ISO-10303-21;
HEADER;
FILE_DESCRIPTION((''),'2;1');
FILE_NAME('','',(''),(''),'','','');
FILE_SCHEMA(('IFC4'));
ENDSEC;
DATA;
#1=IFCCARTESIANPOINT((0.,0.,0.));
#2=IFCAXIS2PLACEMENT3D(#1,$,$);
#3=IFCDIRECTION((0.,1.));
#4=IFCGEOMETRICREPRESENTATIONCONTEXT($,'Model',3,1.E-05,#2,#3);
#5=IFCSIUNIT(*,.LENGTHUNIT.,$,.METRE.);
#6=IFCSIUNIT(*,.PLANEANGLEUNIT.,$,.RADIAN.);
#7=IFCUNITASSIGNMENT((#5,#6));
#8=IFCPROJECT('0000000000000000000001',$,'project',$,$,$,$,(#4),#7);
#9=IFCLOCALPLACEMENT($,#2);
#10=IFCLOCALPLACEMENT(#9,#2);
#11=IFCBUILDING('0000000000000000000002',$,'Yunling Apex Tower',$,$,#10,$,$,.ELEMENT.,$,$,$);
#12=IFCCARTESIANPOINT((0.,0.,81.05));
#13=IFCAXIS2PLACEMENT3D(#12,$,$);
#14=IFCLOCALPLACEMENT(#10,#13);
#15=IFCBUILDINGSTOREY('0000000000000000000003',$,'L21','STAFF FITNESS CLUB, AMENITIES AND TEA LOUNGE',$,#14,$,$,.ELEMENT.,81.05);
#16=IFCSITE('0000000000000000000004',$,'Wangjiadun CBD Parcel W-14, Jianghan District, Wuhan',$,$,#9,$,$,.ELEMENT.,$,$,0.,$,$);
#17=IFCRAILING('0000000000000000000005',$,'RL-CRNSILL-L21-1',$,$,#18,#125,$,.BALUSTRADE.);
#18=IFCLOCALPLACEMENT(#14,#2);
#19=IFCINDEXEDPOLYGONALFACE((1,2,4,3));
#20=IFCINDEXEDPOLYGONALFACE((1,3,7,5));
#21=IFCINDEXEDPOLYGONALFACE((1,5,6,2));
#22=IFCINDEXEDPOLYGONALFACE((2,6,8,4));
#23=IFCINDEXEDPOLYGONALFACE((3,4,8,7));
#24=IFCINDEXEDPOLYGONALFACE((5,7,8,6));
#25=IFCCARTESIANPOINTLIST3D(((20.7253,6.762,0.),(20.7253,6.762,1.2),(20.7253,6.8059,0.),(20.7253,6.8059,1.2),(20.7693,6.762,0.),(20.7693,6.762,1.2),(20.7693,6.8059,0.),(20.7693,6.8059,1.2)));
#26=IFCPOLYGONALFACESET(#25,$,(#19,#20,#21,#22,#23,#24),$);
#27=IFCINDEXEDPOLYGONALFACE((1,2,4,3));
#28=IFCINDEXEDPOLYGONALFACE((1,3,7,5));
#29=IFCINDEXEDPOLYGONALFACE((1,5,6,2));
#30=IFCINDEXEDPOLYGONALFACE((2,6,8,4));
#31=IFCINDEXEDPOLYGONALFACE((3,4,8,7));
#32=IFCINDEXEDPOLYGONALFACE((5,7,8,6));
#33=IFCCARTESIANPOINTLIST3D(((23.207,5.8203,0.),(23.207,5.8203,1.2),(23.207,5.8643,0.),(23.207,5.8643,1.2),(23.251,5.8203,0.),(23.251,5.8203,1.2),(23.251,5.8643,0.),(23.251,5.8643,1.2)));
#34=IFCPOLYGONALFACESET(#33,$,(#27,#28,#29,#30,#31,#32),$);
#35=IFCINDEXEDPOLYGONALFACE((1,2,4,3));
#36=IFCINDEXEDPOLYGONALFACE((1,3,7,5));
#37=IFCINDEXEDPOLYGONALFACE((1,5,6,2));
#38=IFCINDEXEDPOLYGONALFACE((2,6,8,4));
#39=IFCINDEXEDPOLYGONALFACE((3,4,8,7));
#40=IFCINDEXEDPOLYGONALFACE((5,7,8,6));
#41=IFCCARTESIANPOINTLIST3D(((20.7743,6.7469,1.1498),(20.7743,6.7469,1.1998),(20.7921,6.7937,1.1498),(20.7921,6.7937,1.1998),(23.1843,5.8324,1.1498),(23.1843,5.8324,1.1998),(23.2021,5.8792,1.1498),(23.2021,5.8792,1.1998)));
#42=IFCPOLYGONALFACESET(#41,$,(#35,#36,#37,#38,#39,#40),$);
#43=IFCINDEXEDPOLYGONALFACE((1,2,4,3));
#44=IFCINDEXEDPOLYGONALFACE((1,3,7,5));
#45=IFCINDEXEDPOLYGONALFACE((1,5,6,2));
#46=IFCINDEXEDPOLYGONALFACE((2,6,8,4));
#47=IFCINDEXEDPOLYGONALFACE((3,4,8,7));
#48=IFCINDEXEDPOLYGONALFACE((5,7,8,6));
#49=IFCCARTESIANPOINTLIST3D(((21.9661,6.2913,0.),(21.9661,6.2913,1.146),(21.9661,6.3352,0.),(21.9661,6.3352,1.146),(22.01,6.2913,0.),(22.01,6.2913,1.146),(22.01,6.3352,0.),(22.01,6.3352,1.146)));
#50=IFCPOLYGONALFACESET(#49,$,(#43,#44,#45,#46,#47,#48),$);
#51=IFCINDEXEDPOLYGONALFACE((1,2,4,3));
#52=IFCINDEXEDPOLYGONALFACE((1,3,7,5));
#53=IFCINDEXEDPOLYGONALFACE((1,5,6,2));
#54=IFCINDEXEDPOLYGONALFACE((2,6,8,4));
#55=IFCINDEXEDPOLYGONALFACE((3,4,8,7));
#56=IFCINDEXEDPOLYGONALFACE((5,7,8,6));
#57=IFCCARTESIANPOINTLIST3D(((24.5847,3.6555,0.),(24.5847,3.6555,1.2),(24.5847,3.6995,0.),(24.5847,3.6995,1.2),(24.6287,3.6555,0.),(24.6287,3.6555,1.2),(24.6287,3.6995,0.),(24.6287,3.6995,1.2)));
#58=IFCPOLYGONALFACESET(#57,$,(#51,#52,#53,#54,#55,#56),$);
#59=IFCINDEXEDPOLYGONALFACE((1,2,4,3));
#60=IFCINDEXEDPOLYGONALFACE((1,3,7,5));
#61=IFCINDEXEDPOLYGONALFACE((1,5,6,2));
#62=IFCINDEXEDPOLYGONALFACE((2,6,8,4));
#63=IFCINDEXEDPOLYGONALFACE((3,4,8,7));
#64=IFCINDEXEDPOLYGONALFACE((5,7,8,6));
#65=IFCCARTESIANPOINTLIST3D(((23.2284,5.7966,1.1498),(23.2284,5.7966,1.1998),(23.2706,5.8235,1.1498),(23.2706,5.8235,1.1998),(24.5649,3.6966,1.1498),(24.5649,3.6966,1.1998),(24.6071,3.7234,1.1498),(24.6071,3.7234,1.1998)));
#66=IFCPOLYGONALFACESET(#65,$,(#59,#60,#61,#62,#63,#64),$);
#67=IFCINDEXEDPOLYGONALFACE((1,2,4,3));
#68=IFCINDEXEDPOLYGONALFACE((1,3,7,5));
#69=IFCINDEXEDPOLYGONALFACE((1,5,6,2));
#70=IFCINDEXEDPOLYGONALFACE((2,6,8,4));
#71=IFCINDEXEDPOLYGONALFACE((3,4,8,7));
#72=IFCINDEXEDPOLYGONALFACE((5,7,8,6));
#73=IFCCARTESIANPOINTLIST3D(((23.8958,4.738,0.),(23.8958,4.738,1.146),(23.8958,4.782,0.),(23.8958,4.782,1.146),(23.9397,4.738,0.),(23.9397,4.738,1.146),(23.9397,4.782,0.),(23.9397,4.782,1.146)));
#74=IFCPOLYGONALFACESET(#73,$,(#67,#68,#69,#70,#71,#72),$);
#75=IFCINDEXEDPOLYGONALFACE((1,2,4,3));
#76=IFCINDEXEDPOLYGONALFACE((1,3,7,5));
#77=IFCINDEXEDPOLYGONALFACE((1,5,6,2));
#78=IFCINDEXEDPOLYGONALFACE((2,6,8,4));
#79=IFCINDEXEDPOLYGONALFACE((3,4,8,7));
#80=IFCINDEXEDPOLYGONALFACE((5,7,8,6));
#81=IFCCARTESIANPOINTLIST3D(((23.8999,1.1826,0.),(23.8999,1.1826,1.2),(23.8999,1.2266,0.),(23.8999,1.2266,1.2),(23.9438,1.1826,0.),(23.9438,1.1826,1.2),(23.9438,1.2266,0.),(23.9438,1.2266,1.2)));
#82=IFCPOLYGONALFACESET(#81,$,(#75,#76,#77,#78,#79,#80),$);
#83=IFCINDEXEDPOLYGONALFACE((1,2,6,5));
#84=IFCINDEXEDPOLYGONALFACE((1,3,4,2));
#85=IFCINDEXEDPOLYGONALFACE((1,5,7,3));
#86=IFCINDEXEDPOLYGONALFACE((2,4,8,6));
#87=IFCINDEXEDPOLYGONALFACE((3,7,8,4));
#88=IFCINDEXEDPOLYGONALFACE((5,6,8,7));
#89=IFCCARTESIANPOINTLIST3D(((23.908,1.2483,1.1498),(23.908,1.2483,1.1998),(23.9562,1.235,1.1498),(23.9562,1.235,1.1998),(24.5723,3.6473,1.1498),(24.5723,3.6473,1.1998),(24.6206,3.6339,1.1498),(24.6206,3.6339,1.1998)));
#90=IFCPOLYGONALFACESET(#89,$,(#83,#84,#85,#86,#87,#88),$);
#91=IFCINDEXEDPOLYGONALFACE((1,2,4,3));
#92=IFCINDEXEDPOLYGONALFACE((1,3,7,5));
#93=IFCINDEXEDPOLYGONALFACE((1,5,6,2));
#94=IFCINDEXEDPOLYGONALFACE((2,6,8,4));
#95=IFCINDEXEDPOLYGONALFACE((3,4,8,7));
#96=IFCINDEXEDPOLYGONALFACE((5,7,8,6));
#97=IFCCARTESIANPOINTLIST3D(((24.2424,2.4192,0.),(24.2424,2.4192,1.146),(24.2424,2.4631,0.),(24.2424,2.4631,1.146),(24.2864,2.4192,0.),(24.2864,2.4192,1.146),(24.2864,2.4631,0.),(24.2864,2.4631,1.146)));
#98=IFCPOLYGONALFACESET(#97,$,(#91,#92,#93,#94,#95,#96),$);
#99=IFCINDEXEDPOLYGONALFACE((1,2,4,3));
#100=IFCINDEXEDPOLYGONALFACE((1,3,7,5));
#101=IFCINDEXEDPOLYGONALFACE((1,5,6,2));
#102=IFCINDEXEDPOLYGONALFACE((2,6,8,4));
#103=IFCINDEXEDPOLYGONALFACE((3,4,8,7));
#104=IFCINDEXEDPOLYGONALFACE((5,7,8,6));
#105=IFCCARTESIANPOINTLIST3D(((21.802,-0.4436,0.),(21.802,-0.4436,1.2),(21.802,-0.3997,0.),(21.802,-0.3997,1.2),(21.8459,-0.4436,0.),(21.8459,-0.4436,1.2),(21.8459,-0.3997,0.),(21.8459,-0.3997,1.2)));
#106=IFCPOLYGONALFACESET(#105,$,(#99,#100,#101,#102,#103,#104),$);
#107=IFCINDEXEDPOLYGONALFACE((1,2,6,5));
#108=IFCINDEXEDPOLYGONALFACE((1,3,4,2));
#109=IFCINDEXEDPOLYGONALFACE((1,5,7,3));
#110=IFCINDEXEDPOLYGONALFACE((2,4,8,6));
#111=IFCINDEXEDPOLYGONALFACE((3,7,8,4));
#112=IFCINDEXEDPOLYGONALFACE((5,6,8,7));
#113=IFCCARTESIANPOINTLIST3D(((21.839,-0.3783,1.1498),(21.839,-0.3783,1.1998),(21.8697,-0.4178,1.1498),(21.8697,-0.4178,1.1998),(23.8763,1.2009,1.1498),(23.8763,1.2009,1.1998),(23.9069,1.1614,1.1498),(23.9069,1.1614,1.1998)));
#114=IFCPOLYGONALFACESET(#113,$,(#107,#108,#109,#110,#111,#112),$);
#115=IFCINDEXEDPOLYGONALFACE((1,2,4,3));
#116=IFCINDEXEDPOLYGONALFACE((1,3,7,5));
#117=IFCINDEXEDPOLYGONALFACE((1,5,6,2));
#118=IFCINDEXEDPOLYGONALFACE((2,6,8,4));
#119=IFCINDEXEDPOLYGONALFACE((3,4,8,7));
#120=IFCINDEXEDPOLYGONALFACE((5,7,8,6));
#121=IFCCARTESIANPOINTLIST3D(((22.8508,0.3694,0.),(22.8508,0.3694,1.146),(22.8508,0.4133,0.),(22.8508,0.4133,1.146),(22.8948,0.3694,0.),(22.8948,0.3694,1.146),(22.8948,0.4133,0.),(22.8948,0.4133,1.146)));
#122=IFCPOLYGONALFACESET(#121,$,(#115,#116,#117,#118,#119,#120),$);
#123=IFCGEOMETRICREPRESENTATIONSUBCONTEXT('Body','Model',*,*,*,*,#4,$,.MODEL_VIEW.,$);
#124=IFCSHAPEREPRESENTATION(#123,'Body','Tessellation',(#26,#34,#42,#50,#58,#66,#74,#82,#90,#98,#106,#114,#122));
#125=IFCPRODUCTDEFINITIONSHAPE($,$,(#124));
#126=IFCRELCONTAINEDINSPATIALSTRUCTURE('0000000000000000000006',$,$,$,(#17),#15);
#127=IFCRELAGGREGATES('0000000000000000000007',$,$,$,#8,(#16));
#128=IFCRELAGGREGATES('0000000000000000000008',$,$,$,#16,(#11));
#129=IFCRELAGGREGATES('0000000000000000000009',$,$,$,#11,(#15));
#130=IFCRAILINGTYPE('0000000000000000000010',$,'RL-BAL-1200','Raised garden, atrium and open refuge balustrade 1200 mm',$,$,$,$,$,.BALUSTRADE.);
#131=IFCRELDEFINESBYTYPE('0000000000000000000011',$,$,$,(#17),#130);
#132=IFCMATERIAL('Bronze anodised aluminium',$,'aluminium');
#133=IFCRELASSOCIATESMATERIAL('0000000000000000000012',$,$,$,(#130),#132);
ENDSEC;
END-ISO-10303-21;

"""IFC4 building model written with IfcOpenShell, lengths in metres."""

from ifc_helpers import new_model, si_unit, direction, frame, origin, origin_2d, place, context, subcontext, project, spatial, rectangle, extrude, material, type_object, element, save


model = new_model("IFC4")

# Units and contexts
model_context = context("Model", 3, precision=1e-05, world=origin(), true_north=direction((0.0, 1.0)))
body_context = subcontext(model_context, "Body", "Model", "MODEL_VIEW")
ifc_project = project(units=[si_unit("LENGTHUNIT", "METRE"), si_unit("PLANEANGLEUNIT", "RADIAN")], contexts=[model_context])

# Site, building, storey
site_placement = place(None, origin())
site = spatial("IfcSite", under=ifc_project, at=site_placement, Name="Wangjiadun CBD Parcel W-14, Jianghan District, Wuhan", CompositionType="ELEMENT", RefElevation=0.0)
building_placement = place(site_placement, origin())
building = spatial("IfcBuilding", under=site, at=building_placement, Name="Yunling Apex Tower", CompositionType="ELEMENT")
storey_placement = place(building_placement, frame((0.0, 0.0, 81.05)))
storey = spatial("IfcBuildingStorey", under=building, at=storey_placement, Name="L21", Description="STAFF FITNESS CLUB, AMENITIES AND TEA LOUNGE", CompositionType="ELEMENT", Elevation=81.05)

# Shared definitions
ifc_material_1 = material(Name="Bronze anodised aluminium", Category="aluminium")

# Railing
railing_type = type_object("IfcRailingType", Name="RL-BAL-1200", Description="Raised garden, atrium and open refuge balustrade 1200 mm", PredefinedType="BALUSTRADE", material=ifc_material_1)
railing_1_placement = place(storey_placement, frame((20.7473, 6.7839, 0.0)))
element("IfcRailing", 1, at=railing_1_placement, inside=storey, type_object=railing_type, Name="RL-CRNSILL-L21-1", PredefinedType="BALUSTRADE", context=body_context, shape_type="SweptSolid", body=[
    extrude(rectangle(XDim=0.0439, YDim=0.0439, at=origin_2d()), origin(), (0.0, 0.0, 1.0), 1.2),
    extrude(rectangle(XDim=0.0439, YDim=0.0439, at=origin_2d()), frame((2.4817, -0.9417, 0.0)), (0.0, 0.0, 1.0), 1.2),
    extrude(rectangle(XDim=0.05, YDim=0.05, at=origin_2d()), frame((0.0359, -0.0137, 1.1748), z_axis=(0.934958, -0.35476, 0.0), x_axis=(0.35476, 0.934958, 0.0)), (0.0, 0.0, 1.0), 2.5776),
    extrude(rectangle(XDim=0.0439, YDim=0.0439, at=origin_2d()), frame((1.2407, -0.4707, 0.0)), (0.0, 0.0, 1.0), 1.146),
    extrude(rectangle(XDim=0.0439, YDim=0.0439, at=origin_2d()), frame((3.8594, -3.1064, 0.0)), (0.0, 0.0, 1.0), 1.2),
    extrude(rectangle(XDim=0.05, YDim=0.05, at=origin_2d()), frame((2.5022, -0.9739, 1.1748), z_axis=(0.5369, -0.843646, 0.0), x_axis=(0.843646, 0.5369, 0.0)), (0.0, 0.0, 1.0), 2.4893),
    extrude(rectangle(XDim=0.0439, YDim=0.0439, at=origin_2d()), frame((3.1704, -2.0239, 0.0)), (0.0, 0.0, 1.0), 1.146),
    extrude(rectangle(XDim=0.0439, YDim=0.0439, at=origin_2d()), frame((3.1746, -5.5793, 0.0)), (0.0, 0.0, 1.0), 1.2),
    extrude(rectangle(XDim=0.05, YDim=0.05, at=origin_2d()), frame((3.8491, -3.1433, 1.1748), z_axis=(-0.266883, -0.963729, 0.0), x_axis=(0.963729, -0.266883, 0.0)), (0.0, 0.0, 1.0), 2.4893),
    extrude(rectangle(XDim=0.0439, YDim=0.0439, at=origin_2d()), frame((3.5171, -4.3428, 0.0)), (0.0, 0.0, 1.0), 1.146),
    extrude(rectangle(XDim=0.0439, YDim=0.0439, at=origin_2d()), frame((1.0767, -7.2056, 0.0)), (0.0, 0.0, 1.0), 1.2),
    extrude(rectangle(XDim=0.05, YDim=0.05, at=origin_2d()), frame((3.1443, -5.6028, 1.1748), z_axis=(-0.790352, -0.612654, 0.0), x_axis=(0.612654, -0.790352, 0.0)), (0.0, 0.0, 1.0), 2.5776),
    extrude(rectangle(XDim=0.0439, YDim=0.0439, at=origin_2d()), frame((2.1255, -6.3926, 0.0)), (0.0, 0.0, 1.0), 1.146),
])

save(model, "model.ifc")
